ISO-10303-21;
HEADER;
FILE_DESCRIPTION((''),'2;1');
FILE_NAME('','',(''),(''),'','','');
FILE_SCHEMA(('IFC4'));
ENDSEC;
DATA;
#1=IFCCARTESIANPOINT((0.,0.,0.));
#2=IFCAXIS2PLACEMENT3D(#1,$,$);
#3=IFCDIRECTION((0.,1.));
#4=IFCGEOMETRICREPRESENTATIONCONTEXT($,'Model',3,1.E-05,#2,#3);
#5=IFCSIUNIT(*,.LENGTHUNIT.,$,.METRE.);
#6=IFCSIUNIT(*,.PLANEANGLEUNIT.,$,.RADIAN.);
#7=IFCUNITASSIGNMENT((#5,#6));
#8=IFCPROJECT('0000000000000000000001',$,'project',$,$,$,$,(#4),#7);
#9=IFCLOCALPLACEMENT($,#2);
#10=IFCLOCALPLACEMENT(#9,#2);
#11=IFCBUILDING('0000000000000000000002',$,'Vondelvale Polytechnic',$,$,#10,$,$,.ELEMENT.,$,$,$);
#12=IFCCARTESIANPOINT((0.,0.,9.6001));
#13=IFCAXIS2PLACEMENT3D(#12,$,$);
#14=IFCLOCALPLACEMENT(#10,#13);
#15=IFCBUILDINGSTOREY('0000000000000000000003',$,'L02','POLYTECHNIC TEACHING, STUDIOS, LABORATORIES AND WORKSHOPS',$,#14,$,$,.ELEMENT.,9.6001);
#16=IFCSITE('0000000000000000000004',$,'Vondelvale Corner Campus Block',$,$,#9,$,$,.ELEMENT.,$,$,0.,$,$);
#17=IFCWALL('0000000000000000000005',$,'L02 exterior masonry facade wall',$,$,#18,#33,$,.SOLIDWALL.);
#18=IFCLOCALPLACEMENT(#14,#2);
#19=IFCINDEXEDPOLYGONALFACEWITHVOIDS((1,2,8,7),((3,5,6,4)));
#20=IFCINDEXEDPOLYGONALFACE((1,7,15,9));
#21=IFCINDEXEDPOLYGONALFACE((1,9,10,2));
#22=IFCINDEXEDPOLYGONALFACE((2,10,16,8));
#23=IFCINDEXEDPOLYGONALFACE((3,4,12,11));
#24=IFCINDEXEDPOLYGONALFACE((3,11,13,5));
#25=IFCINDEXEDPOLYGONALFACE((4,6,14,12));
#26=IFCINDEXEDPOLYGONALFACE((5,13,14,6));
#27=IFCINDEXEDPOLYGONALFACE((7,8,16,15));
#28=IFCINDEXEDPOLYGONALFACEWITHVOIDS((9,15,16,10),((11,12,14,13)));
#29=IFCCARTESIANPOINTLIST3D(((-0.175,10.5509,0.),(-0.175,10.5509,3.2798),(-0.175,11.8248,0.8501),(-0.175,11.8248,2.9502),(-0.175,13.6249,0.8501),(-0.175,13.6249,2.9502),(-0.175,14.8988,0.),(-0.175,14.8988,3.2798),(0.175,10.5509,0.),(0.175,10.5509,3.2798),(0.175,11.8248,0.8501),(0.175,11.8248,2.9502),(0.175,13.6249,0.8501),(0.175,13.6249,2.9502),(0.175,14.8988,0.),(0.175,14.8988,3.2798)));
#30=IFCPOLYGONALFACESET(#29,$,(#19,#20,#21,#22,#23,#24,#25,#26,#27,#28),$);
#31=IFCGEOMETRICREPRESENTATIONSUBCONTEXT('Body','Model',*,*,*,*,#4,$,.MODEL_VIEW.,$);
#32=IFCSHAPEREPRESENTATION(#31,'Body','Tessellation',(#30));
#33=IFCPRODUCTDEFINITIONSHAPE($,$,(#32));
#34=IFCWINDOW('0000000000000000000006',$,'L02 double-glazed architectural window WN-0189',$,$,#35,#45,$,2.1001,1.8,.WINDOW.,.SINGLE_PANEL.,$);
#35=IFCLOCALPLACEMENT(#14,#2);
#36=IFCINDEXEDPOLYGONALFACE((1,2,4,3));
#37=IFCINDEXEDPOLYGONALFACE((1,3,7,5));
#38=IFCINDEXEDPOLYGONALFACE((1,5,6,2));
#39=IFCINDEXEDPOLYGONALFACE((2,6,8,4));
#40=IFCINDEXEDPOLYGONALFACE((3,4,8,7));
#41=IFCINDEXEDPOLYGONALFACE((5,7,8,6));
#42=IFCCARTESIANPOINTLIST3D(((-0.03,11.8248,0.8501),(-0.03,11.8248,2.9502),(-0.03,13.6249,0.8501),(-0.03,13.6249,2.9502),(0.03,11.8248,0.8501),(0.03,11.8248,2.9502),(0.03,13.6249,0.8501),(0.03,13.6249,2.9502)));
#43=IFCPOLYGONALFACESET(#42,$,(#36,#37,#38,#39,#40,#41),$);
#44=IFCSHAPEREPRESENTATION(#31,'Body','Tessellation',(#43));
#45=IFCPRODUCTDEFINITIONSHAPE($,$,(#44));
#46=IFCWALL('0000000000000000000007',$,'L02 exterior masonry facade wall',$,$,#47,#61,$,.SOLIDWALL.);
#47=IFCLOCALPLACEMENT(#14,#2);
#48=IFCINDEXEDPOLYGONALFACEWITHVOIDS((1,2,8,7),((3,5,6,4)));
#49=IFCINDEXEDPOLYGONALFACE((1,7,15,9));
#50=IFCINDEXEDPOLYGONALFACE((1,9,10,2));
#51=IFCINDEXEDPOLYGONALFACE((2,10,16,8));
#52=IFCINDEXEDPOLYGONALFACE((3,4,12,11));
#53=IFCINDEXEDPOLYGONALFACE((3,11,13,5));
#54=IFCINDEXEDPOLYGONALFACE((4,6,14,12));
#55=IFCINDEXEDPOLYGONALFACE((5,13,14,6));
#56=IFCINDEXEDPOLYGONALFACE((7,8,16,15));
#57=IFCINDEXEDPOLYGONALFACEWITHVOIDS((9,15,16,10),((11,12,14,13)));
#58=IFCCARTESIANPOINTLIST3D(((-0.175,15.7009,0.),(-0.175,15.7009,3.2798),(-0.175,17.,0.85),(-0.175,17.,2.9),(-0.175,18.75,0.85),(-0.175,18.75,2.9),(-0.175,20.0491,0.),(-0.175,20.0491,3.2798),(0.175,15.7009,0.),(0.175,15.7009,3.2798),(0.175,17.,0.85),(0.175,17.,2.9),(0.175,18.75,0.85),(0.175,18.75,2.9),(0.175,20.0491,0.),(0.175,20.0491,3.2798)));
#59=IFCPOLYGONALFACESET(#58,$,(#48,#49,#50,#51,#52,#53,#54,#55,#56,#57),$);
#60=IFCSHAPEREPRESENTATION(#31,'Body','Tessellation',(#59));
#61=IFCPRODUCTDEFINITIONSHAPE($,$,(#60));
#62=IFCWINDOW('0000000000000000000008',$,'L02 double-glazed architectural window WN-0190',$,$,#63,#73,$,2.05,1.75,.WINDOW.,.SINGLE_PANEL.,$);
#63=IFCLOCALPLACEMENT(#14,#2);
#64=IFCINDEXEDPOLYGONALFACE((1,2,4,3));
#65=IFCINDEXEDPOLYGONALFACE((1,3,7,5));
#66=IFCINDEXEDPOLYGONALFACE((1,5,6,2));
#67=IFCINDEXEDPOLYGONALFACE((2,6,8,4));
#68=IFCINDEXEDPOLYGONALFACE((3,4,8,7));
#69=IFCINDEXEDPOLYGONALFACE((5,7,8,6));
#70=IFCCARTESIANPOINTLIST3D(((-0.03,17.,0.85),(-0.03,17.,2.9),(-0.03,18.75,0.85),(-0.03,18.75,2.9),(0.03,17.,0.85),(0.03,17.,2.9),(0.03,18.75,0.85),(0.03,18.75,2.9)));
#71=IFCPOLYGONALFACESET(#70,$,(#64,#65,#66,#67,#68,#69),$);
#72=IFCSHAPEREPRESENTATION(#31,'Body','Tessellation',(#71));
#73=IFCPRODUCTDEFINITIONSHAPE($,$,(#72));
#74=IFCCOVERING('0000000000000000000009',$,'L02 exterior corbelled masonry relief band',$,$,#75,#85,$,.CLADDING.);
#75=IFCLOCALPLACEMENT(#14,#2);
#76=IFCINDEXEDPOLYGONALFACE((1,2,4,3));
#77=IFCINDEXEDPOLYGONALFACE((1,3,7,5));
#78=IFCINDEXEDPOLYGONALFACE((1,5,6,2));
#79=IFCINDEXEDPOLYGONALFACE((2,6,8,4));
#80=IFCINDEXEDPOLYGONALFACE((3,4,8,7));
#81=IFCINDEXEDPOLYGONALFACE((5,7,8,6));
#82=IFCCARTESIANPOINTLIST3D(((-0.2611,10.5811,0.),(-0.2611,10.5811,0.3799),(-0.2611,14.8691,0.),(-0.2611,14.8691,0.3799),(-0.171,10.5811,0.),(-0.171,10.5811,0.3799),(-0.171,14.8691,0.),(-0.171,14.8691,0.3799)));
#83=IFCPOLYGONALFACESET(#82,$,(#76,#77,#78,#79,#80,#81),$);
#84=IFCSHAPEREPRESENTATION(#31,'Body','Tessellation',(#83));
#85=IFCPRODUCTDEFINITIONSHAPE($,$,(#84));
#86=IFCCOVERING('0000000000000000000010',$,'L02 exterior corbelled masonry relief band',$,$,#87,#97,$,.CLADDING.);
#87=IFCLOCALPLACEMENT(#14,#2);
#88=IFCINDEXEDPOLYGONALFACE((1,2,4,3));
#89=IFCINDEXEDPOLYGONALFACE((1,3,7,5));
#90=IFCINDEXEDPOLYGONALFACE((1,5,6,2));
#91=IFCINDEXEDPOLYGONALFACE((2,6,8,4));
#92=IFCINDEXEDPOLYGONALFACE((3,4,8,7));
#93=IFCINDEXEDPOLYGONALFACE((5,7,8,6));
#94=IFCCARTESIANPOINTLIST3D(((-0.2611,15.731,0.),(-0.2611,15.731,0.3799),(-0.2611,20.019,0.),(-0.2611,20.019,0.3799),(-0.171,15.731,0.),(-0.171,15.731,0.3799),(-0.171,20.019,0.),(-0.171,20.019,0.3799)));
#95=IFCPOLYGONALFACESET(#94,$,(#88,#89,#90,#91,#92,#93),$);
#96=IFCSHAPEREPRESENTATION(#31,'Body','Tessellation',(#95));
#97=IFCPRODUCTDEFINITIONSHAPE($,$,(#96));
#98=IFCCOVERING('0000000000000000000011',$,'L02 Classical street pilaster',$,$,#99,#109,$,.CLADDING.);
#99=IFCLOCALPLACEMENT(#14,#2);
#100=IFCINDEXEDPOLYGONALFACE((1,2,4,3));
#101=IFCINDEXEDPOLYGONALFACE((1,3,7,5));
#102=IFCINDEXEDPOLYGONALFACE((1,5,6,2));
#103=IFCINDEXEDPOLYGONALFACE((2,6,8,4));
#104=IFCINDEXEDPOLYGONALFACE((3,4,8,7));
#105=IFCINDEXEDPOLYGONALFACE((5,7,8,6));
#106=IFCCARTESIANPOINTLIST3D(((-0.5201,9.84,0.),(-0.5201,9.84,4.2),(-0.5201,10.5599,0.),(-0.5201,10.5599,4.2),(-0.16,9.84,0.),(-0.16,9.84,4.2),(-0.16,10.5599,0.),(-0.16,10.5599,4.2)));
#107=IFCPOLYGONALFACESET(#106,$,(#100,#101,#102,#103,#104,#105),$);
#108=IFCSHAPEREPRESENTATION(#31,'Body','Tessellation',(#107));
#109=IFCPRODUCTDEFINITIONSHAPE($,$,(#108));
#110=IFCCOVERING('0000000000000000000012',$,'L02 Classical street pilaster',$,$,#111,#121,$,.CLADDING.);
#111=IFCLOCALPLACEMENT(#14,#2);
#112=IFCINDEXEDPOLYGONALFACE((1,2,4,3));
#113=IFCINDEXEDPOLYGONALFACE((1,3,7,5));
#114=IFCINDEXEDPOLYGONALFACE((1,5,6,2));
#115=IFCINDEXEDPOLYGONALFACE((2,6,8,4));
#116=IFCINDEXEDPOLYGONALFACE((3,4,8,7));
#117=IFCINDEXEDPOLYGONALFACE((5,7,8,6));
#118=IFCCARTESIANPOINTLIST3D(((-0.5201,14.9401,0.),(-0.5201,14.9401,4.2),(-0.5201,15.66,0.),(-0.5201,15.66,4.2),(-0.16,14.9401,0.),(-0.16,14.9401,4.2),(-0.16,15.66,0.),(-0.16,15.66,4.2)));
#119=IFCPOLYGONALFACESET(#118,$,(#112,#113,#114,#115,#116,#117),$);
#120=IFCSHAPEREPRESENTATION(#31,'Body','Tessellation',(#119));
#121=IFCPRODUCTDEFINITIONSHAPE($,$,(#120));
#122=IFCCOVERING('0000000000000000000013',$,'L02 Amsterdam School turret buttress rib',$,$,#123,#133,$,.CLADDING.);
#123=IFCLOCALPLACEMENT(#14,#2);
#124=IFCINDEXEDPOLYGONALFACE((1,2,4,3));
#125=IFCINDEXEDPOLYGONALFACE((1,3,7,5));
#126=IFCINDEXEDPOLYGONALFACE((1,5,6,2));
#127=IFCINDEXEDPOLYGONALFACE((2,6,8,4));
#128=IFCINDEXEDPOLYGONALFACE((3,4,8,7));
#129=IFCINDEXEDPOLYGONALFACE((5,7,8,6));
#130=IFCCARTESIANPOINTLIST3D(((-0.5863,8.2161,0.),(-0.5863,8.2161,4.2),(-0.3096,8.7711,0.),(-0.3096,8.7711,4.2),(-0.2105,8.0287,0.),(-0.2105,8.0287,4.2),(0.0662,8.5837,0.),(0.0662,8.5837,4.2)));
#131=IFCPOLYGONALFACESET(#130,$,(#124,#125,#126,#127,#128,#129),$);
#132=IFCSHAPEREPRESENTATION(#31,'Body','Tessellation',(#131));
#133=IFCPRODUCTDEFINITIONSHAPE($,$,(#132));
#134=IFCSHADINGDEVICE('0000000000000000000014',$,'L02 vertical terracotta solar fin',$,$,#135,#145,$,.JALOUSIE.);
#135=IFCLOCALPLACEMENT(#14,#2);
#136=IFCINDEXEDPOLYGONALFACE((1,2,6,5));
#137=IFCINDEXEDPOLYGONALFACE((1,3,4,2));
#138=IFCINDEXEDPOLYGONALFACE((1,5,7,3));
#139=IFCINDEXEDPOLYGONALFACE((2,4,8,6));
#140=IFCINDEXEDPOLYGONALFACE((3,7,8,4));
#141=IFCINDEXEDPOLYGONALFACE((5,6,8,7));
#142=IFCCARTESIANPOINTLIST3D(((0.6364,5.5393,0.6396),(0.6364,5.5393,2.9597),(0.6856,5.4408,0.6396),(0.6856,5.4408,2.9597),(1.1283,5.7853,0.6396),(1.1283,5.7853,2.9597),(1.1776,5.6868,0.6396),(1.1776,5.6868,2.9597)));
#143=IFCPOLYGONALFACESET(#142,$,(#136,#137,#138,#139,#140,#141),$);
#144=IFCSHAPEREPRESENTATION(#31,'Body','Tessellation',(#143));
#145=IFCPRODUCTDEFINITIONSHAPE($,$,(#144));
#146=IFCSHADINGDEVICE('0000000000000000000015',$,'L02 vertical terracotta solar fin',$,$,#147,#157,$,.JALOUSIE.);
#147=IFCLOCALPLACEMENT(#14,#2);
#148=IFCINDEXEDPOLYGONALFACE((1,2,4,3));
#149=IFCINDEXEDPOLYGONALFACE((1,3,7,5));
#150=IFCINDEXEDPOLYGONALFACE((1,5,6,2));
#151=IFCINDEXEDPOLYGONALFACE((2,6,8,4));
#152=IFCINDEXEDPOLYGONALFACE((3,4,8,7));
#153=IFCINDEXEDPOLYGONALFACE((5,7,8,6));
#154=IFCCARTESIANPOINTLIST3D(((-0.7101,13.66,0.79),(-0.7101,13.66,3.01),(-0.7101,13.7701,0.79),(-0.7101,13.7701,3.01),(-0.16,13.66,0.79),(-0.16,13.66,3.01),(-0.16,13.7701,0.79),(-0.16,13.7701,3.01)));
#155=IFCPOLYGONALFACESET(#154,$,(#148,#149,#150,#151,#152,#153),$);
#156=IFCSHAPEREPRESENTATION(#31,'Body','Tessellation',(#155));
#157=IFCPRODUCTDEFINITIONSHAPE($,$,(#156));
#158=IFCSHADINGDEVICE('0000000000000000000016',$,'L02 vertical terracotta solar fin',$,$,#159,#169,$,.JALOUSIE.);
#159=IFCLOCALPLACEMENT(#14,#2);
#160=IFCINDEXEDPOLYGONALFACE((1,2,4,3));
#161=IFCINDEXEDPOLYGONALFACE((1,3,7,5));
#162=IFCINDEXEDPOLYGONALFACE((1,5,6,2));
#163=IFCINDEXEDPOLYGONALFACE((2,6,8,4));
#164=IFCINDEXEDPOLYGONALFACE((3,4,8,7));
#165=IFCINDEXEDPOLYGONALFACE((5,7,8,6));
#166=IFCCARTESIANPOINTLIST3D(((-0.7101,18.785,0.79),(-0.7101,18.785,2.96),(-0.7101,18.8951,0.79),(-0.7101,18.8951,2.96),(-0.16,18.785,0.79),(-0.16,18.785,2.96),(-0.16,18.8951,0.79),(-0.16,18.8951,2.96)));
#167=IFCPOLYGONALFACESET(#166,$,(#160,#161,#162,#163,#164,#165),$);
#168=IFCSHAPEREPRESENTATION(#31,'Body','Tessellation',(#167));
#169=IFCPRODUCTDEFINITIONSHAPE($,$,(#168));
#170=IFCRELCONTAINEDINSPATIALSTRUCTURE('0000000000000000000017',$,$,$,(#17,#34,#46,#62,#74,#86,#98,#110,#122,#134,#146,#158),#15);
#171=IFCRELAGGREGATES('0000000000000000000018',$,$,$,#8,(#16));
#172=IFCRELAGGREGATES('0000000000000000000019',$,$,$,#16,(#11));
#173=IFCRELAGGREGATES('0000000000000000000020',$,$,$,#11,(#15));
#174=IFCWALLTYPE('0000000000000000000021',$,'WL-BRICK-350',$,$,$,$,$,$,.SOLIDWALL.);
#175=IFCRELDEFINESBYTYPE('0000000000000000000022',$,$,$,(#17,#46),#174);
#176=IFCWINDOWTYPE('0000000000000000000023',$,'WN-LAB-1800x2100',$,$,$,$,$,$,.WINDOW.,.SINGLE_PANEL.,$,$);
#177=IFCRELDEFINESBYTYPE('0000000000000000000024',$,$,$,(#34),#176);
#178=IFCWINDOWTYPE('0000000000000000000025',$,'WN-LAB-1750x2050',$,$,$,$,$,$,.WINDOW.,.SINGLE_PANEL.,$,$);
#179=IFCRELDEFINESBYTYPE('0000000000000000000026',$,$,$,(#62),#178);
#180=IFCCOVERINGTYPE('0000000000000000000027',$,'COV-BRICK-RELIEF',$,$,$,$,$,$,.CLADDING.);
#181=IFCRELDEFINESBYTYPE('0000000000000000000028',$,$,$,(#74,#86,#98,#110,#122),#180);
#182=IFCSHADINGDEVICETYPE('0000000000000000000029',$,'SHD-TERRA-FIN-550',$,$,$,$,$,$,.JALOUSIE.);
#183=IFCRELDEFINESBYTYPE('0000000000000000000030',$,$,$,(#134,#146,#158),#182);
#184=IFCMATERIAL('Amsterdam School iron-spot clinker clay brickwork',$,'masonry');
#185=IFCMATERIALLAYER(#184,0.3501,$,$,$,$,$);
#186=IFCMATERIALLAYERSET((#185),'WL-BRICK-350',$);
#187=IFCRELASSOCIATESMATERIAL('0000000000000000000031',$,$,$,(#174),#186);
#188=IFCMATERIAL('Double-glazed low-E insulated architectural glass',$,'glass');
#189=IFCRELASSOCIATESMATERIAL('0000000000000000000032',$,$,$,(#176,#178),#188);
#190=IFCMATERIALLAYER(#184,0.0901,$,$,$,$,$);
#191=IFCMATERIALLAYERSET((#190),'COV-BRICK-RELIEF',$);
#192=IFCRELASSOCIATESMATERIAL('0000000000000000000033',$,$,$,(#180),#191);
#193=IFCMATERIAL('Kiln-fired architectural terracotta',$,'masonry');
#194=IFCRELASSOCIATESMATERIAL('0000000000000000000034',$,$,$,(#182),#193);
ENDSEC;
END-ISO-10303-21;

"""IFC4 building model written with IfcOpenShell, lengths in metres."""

from ifc_helpers import new_model, si_unit, direction, frame, frame_2d, origin, origin_2d, place, context, subcontext, project, spatial, rectangle, extrude, material, layer, layer_set, type_object, element, fill, save


model = new_model("IFC4")

# Units and contexts
model_context = context("Model", 3, precision=1e-05, world=origin(), true_north=direction((0.0, 1.0)))
body_context = subcontext(model_context, "Body", "Model", "MODEL_VIEW")
ifc_project = project(units=[si_unit("LENGTHUNIT", "METRE"), si_unit("PLANEANGLEUNIT", "RADIAN")], contexts=[model_context])

# Site, building, storey
site_placement = place(None, origin())
site = spatial("IfcSite", under=ifc_project, at=site_placement, Name="Vondelvale Corner Campus Block", CompositionType="ELEMENT", RefElevation=0.0)
building_placement = place(site_placement, origin())
building = spatial("IfcBuilding", under=site, at=building_placement, Name="Vondelvale Polytechnic", CompositionType="ELEMENT")
storey_placement = place(building_placement, frame((0.0, 0.0, 9.6001)))
storey = spatial("IfcBuildingStorey", under=building, at=storey_placement, Name="L02", Description="POLYTECHNIC TEACHING, STUDIOS, LABORATORIES AND WORKSHOPS", CompositionType="ELEMENT", Elevation=9.6001)

# Shared definitions
ifc_material_1 = material(Name="Amsterdam School iron-spot clinker clay brickwork", Category="masonry")
ifc_layer_1 = layer(ifc_material_1, 0.3501)
ifc_layer_set_1 = layer_set([ifc_layer_1], Name="WL-BRICK-350")
wall_type = type_object("IfcWallType", Name="WL-BRICK-350", PredefinedType="SOLIDWALL", material=ifc_layer_set_1)

# Walls, openings, windows
wall_1_placement = place(storey_placement, frame((0.0, 10.551, 0.0), z_axis=(0.0, 0.0, 1.0), x_axis=(0.0, 1.0, 0.0)))
wall_1 = element("IfcWall", 1, at=wall_1_placement, inside=storey, type_object=wall_type, Name="L02 exterior masonry facade wall", PredefinedType="SOLIDWALL", context=body_context, shape_type="SweptSolid", body=[
    extrude(rectangle(XDim=4.3479, YDim=0.3501, at=frame_2d((2.1738, 0.0))), origin(), (0.0, 0.0, 1.0), 3.2798),
])
opening_1_placement = place(wall_1_placement, frame((1.2739, 0.0, 0.8501)))
opening_1 = element("IfcOpeningElement", 2, at=opening_1_placement, cuts=wall_1, PredefinedType="OPENING", context=body_context, shape_type="SweptSolid", body=[
    extrude(rectangle(XDim=1.8, YDim=2.1001, at=frame_2d((0.8999, 1.05))), frame((0.0, 0.1851, 0.0), z_axis=(0.0, -1.0, 0.0), x_axis=(1.0, 0.0, 0.0)), (0.0, 0.0, 1.0), 0.3701),
])
ifc_material_2 = material(Name="Double-glazed low-E insulated architectural glass", Category="glass")
window_type_1 = type_object("IfcWindowType", Name="WN-LAB-1800x2100", PartitioningType="SINGLE_PANEL", PredefinedType="WINDOW", material=ifc_material_2)
window_1_placement = place(opening_1_placement, origin())
window_1 = element("IfcWindow", 3, at=window_1_placement, inside=storey, type_object=window_type_1, Name="L02 double-glazed architectural window WN-0189", OverallHeight=2.1001, OverallWidth=1.8, PartitioningType="SINGLE_PANEL", PredefinedType="WINDOW", context=body_context, shape_type="SweptSolid", body=[
    extrude(rectangle(XDim=1.8, YDim=2.1001, at=frame_2d((0.8999, 1.05))), frame((0.0, 0.03, 0.0), z_axis=(0.0, -1.0, 0.0), x_axis=(1.0, 0.0, 0.0)), (0.0, 0.0, 1.0), 0.0601),
])
fill(opening_1, window_1)
wall_2_placement = place(storey_placement, frame((0.0, 15.7009, 0.0), z_axis=(0.0, 0.0, 1.0), x_axis=(0.0, 1.0, 0.0)))
wall_2 = element("IfcWall", 4, at=wall_2_placement, inside=storey, type_object=wall_type, Name="L02 exterior masonry facade wall", PredefinedType="SOLIDWALL", context=body_context, shape_type="SweptSolid", body=[
    extrude(rectangle(XDim=4.3481, YDim=0.3501, at=frame_2d((2.1741, 0.0))), origin(), (0.0, 0.0, 1.0), 3.2798),
])
opening_2_placement = place(wall_2_placement, frame((1.2991, 0.0, 0.8501)))
opening_2 = element("IfcOpeningElement", 5, at=opening_2_placement, cuts=wall_2, PredefinedType="OPENING", context=body_context, shape_type="SweptSolid", body=[
    extrude(rectangle(XDim=1.75, YDim=2.05, at=frame_2d((0.875, 1.0249))), frame((0.0, 0.1851, 0.0), z_axis=(0.0, -1.0, 0.0), x_axis=(1.0, 0.0, 0.0)), (0.0, 0.0, 1.0), 0.3701),
])
window_type_2 = type_object("IfcWindowType", Name="WN-LAB-1750x2050", PartitioningType="SINGLE_PANEL", PredefinedType="WINDOW", material=ifc_material_2)
window_2_placement = place(opening_2_placement, origin())
window_2 = element("IfcWindow", 6, at=window_2_placement, inside=storey, type_object=window_type_2, Name="L02 double-glazed architectural window WN-0190", OverallHeight=2.05, OverallWidth=1.75, PartitioningType="SINGLE_PANEL", PredefinedType="WINDOW", context=body_context, shape_type="SweptSolid", body=[
    extrude(rectangle(XDim=1.75, YDim=2.05, at=frame_2d((0.875, 1.0249))), frame((0.0, 0.03, 0.0), z_axis=(0.0, -1.0, 0.0), x_axis=(1.0, 0.0, 0.0)), (0.0, 0.0, 1.0), 0.0601),
])
fill(opening_2, window_2)

# Coverings
ifc_layer_2 = layer(ifc_material_1, 0.0901)
ifc_layer_set_2 = layer_set([ifc_layer_2], Name="COV-BRICK-RELIEF")
covering_type = type_object("IfcCoveringType", Name="COV-BRICK-RELIEF", PredefinedType="CLADDING", material=ifc_layer_set_2)
for number, where, z_axis, x_axis, name in (
    (7, (-0.2161, 12.7251, 0.0), (0.0, 0.0, 1.0), (0.0, 1.0, 0.0), "L02 exterior corbelled masonry relief band"),
    (8, (-0.2161, 17.875, 0.0), (0.0, 0.0, 1.0), (0.0, 1.0, 0.0), "L02 exterior corbelled masonry relief band"),
):
    element("IfcCovering", number, at=place(storey_placement, frame(where, z_axis=z_axis, x_axis=x_axis)), inside=storey, type_object=covering_type, Name=name, PredefinedType="CLADDING", context=body_context, shape_type="SweptSolid", body=[
        extrude(rectangle(XDim=4.2881, YDim=0.0901, at=origin_2d()), origin(), (0.0, 0.0, 1.0), 0.3799),
    ])
for number, where, z_axis, x_axis, name in (
    (9, (-0.3401, 10.2, 0.0), (0.0, 0.0, 1.0), (1.0, 0.0, 0.0), "L02 Classical street pilaster"),
    (10, (-0.3401, 15.3, 0.0), (0.0, 0.0, 1.0), (1.0, 0.0, 0.0), "L02 Classical street pilaster"),
):
    element("IfcCovering", number, at=place(storey_placement, frame(where, z_axis=z_axis, x_axis=x_axis)), inside=storey, type_object=covering_type, Name=name, PredefinedType="CLADDING", context=body_context, shape_type="SweptSolid", body=[
        extrude(rectangle(XDim=0.3601, YDim=0.72, at=origin_2d()), origin(), (0.0, 0.0, 1.0), 4.2),
    ])
covering_placement = place(storey_placement, frame((-0.26, 8.3999, 0.0), z_axis=(0.0, 0.0, 1.0), x_axis=(0.446198, 0.894934, 0.0)))
element("IfcCovering", 11, at=covering_placement, inside=storey, type_object=covering_type, Name="L02 Amsterdam School turret buttress rib", PredefinedType="CLADDING", context=body_context, shape_type="SweptSolid", body=[
    extrude(rectangle(XDim=0.6201, YDim=0.4199, at=origin_2d()), origin(), (0.0, 0.0, 1.0), 4.2),
])

# Shading devices
ifc_material_3 = material(Name="Kiln-fired architectural terracotta", Category="masonry")
shading_device_type = type_object("IfcShadingDeviceType", Name="SHD-TERRA-FIN-550", PredefinedType="JALOUSIE", material=ifc_material_3)
shading_device_1_placement = place(storey_placement, frame((0.907, 5.613, 0.6396), z_axis=(0.0, 0.0, 1.0), x_axis=(-0.447291, 0.894389, 0.0)))
element("IfcShadingDevice", 12, at=shading_device_1_placement, inside=storey, type_object=shading_device_type, Name="L02 vertical terracotta solar fin", PredefinedType="JALOUSIE", context=body_context, shape_type="SweptSolid", body=[
    extrude(rectangle(XDim=0.1101, YDim=0.55, at=origin_2d()), origin(), (0.0, 0.0, 1.0), 2.3201),
])
shading_device_2_placement = place(storey_placement, frame((-0.4351, 13.7151, 0.79), z_axis=(0.0, 0.0, 1.0), x_axis=(0.0, 1.0, 0.0)))
element("IfcShadingDevice", 13, at=shading_device_2_placement, inside=storey, type_object=shading_device_type, Name="L02 vertical terracotta solar fin", PredefinedType="JALOUSIE", context=body_context, shape_type="SweptSolid", body=[
    extrude(rectangle(XDim=0.1101, YDim=0.55, at=origin_2d()), origin(), (0.0, 0.0, 1.0), 2.22),
])
shading_device_3_placement = place(storey_placement, frame((-0.4351, 18.8401, 0.79), z_axis=(0.0, 0.0, 1.0), x_axis=(0.0, 1.0, 0.0)))
element("IfcShadingDevice", 14, at=shading_device_3_placement, inside=storey, type_object=shading_device_type, Name="L02 vertical terracotta solar fin", PredefinedType="JALOUSIE", context=body_context, shape_type="SweptSolid", body=[
    extrude(rectangle(XDim=0.1101, YDim=0.55, at=origin_2d()), origin(), (0.0, 0.0, 1.0), 2.1699),
])

save(model, "model.ifc")
